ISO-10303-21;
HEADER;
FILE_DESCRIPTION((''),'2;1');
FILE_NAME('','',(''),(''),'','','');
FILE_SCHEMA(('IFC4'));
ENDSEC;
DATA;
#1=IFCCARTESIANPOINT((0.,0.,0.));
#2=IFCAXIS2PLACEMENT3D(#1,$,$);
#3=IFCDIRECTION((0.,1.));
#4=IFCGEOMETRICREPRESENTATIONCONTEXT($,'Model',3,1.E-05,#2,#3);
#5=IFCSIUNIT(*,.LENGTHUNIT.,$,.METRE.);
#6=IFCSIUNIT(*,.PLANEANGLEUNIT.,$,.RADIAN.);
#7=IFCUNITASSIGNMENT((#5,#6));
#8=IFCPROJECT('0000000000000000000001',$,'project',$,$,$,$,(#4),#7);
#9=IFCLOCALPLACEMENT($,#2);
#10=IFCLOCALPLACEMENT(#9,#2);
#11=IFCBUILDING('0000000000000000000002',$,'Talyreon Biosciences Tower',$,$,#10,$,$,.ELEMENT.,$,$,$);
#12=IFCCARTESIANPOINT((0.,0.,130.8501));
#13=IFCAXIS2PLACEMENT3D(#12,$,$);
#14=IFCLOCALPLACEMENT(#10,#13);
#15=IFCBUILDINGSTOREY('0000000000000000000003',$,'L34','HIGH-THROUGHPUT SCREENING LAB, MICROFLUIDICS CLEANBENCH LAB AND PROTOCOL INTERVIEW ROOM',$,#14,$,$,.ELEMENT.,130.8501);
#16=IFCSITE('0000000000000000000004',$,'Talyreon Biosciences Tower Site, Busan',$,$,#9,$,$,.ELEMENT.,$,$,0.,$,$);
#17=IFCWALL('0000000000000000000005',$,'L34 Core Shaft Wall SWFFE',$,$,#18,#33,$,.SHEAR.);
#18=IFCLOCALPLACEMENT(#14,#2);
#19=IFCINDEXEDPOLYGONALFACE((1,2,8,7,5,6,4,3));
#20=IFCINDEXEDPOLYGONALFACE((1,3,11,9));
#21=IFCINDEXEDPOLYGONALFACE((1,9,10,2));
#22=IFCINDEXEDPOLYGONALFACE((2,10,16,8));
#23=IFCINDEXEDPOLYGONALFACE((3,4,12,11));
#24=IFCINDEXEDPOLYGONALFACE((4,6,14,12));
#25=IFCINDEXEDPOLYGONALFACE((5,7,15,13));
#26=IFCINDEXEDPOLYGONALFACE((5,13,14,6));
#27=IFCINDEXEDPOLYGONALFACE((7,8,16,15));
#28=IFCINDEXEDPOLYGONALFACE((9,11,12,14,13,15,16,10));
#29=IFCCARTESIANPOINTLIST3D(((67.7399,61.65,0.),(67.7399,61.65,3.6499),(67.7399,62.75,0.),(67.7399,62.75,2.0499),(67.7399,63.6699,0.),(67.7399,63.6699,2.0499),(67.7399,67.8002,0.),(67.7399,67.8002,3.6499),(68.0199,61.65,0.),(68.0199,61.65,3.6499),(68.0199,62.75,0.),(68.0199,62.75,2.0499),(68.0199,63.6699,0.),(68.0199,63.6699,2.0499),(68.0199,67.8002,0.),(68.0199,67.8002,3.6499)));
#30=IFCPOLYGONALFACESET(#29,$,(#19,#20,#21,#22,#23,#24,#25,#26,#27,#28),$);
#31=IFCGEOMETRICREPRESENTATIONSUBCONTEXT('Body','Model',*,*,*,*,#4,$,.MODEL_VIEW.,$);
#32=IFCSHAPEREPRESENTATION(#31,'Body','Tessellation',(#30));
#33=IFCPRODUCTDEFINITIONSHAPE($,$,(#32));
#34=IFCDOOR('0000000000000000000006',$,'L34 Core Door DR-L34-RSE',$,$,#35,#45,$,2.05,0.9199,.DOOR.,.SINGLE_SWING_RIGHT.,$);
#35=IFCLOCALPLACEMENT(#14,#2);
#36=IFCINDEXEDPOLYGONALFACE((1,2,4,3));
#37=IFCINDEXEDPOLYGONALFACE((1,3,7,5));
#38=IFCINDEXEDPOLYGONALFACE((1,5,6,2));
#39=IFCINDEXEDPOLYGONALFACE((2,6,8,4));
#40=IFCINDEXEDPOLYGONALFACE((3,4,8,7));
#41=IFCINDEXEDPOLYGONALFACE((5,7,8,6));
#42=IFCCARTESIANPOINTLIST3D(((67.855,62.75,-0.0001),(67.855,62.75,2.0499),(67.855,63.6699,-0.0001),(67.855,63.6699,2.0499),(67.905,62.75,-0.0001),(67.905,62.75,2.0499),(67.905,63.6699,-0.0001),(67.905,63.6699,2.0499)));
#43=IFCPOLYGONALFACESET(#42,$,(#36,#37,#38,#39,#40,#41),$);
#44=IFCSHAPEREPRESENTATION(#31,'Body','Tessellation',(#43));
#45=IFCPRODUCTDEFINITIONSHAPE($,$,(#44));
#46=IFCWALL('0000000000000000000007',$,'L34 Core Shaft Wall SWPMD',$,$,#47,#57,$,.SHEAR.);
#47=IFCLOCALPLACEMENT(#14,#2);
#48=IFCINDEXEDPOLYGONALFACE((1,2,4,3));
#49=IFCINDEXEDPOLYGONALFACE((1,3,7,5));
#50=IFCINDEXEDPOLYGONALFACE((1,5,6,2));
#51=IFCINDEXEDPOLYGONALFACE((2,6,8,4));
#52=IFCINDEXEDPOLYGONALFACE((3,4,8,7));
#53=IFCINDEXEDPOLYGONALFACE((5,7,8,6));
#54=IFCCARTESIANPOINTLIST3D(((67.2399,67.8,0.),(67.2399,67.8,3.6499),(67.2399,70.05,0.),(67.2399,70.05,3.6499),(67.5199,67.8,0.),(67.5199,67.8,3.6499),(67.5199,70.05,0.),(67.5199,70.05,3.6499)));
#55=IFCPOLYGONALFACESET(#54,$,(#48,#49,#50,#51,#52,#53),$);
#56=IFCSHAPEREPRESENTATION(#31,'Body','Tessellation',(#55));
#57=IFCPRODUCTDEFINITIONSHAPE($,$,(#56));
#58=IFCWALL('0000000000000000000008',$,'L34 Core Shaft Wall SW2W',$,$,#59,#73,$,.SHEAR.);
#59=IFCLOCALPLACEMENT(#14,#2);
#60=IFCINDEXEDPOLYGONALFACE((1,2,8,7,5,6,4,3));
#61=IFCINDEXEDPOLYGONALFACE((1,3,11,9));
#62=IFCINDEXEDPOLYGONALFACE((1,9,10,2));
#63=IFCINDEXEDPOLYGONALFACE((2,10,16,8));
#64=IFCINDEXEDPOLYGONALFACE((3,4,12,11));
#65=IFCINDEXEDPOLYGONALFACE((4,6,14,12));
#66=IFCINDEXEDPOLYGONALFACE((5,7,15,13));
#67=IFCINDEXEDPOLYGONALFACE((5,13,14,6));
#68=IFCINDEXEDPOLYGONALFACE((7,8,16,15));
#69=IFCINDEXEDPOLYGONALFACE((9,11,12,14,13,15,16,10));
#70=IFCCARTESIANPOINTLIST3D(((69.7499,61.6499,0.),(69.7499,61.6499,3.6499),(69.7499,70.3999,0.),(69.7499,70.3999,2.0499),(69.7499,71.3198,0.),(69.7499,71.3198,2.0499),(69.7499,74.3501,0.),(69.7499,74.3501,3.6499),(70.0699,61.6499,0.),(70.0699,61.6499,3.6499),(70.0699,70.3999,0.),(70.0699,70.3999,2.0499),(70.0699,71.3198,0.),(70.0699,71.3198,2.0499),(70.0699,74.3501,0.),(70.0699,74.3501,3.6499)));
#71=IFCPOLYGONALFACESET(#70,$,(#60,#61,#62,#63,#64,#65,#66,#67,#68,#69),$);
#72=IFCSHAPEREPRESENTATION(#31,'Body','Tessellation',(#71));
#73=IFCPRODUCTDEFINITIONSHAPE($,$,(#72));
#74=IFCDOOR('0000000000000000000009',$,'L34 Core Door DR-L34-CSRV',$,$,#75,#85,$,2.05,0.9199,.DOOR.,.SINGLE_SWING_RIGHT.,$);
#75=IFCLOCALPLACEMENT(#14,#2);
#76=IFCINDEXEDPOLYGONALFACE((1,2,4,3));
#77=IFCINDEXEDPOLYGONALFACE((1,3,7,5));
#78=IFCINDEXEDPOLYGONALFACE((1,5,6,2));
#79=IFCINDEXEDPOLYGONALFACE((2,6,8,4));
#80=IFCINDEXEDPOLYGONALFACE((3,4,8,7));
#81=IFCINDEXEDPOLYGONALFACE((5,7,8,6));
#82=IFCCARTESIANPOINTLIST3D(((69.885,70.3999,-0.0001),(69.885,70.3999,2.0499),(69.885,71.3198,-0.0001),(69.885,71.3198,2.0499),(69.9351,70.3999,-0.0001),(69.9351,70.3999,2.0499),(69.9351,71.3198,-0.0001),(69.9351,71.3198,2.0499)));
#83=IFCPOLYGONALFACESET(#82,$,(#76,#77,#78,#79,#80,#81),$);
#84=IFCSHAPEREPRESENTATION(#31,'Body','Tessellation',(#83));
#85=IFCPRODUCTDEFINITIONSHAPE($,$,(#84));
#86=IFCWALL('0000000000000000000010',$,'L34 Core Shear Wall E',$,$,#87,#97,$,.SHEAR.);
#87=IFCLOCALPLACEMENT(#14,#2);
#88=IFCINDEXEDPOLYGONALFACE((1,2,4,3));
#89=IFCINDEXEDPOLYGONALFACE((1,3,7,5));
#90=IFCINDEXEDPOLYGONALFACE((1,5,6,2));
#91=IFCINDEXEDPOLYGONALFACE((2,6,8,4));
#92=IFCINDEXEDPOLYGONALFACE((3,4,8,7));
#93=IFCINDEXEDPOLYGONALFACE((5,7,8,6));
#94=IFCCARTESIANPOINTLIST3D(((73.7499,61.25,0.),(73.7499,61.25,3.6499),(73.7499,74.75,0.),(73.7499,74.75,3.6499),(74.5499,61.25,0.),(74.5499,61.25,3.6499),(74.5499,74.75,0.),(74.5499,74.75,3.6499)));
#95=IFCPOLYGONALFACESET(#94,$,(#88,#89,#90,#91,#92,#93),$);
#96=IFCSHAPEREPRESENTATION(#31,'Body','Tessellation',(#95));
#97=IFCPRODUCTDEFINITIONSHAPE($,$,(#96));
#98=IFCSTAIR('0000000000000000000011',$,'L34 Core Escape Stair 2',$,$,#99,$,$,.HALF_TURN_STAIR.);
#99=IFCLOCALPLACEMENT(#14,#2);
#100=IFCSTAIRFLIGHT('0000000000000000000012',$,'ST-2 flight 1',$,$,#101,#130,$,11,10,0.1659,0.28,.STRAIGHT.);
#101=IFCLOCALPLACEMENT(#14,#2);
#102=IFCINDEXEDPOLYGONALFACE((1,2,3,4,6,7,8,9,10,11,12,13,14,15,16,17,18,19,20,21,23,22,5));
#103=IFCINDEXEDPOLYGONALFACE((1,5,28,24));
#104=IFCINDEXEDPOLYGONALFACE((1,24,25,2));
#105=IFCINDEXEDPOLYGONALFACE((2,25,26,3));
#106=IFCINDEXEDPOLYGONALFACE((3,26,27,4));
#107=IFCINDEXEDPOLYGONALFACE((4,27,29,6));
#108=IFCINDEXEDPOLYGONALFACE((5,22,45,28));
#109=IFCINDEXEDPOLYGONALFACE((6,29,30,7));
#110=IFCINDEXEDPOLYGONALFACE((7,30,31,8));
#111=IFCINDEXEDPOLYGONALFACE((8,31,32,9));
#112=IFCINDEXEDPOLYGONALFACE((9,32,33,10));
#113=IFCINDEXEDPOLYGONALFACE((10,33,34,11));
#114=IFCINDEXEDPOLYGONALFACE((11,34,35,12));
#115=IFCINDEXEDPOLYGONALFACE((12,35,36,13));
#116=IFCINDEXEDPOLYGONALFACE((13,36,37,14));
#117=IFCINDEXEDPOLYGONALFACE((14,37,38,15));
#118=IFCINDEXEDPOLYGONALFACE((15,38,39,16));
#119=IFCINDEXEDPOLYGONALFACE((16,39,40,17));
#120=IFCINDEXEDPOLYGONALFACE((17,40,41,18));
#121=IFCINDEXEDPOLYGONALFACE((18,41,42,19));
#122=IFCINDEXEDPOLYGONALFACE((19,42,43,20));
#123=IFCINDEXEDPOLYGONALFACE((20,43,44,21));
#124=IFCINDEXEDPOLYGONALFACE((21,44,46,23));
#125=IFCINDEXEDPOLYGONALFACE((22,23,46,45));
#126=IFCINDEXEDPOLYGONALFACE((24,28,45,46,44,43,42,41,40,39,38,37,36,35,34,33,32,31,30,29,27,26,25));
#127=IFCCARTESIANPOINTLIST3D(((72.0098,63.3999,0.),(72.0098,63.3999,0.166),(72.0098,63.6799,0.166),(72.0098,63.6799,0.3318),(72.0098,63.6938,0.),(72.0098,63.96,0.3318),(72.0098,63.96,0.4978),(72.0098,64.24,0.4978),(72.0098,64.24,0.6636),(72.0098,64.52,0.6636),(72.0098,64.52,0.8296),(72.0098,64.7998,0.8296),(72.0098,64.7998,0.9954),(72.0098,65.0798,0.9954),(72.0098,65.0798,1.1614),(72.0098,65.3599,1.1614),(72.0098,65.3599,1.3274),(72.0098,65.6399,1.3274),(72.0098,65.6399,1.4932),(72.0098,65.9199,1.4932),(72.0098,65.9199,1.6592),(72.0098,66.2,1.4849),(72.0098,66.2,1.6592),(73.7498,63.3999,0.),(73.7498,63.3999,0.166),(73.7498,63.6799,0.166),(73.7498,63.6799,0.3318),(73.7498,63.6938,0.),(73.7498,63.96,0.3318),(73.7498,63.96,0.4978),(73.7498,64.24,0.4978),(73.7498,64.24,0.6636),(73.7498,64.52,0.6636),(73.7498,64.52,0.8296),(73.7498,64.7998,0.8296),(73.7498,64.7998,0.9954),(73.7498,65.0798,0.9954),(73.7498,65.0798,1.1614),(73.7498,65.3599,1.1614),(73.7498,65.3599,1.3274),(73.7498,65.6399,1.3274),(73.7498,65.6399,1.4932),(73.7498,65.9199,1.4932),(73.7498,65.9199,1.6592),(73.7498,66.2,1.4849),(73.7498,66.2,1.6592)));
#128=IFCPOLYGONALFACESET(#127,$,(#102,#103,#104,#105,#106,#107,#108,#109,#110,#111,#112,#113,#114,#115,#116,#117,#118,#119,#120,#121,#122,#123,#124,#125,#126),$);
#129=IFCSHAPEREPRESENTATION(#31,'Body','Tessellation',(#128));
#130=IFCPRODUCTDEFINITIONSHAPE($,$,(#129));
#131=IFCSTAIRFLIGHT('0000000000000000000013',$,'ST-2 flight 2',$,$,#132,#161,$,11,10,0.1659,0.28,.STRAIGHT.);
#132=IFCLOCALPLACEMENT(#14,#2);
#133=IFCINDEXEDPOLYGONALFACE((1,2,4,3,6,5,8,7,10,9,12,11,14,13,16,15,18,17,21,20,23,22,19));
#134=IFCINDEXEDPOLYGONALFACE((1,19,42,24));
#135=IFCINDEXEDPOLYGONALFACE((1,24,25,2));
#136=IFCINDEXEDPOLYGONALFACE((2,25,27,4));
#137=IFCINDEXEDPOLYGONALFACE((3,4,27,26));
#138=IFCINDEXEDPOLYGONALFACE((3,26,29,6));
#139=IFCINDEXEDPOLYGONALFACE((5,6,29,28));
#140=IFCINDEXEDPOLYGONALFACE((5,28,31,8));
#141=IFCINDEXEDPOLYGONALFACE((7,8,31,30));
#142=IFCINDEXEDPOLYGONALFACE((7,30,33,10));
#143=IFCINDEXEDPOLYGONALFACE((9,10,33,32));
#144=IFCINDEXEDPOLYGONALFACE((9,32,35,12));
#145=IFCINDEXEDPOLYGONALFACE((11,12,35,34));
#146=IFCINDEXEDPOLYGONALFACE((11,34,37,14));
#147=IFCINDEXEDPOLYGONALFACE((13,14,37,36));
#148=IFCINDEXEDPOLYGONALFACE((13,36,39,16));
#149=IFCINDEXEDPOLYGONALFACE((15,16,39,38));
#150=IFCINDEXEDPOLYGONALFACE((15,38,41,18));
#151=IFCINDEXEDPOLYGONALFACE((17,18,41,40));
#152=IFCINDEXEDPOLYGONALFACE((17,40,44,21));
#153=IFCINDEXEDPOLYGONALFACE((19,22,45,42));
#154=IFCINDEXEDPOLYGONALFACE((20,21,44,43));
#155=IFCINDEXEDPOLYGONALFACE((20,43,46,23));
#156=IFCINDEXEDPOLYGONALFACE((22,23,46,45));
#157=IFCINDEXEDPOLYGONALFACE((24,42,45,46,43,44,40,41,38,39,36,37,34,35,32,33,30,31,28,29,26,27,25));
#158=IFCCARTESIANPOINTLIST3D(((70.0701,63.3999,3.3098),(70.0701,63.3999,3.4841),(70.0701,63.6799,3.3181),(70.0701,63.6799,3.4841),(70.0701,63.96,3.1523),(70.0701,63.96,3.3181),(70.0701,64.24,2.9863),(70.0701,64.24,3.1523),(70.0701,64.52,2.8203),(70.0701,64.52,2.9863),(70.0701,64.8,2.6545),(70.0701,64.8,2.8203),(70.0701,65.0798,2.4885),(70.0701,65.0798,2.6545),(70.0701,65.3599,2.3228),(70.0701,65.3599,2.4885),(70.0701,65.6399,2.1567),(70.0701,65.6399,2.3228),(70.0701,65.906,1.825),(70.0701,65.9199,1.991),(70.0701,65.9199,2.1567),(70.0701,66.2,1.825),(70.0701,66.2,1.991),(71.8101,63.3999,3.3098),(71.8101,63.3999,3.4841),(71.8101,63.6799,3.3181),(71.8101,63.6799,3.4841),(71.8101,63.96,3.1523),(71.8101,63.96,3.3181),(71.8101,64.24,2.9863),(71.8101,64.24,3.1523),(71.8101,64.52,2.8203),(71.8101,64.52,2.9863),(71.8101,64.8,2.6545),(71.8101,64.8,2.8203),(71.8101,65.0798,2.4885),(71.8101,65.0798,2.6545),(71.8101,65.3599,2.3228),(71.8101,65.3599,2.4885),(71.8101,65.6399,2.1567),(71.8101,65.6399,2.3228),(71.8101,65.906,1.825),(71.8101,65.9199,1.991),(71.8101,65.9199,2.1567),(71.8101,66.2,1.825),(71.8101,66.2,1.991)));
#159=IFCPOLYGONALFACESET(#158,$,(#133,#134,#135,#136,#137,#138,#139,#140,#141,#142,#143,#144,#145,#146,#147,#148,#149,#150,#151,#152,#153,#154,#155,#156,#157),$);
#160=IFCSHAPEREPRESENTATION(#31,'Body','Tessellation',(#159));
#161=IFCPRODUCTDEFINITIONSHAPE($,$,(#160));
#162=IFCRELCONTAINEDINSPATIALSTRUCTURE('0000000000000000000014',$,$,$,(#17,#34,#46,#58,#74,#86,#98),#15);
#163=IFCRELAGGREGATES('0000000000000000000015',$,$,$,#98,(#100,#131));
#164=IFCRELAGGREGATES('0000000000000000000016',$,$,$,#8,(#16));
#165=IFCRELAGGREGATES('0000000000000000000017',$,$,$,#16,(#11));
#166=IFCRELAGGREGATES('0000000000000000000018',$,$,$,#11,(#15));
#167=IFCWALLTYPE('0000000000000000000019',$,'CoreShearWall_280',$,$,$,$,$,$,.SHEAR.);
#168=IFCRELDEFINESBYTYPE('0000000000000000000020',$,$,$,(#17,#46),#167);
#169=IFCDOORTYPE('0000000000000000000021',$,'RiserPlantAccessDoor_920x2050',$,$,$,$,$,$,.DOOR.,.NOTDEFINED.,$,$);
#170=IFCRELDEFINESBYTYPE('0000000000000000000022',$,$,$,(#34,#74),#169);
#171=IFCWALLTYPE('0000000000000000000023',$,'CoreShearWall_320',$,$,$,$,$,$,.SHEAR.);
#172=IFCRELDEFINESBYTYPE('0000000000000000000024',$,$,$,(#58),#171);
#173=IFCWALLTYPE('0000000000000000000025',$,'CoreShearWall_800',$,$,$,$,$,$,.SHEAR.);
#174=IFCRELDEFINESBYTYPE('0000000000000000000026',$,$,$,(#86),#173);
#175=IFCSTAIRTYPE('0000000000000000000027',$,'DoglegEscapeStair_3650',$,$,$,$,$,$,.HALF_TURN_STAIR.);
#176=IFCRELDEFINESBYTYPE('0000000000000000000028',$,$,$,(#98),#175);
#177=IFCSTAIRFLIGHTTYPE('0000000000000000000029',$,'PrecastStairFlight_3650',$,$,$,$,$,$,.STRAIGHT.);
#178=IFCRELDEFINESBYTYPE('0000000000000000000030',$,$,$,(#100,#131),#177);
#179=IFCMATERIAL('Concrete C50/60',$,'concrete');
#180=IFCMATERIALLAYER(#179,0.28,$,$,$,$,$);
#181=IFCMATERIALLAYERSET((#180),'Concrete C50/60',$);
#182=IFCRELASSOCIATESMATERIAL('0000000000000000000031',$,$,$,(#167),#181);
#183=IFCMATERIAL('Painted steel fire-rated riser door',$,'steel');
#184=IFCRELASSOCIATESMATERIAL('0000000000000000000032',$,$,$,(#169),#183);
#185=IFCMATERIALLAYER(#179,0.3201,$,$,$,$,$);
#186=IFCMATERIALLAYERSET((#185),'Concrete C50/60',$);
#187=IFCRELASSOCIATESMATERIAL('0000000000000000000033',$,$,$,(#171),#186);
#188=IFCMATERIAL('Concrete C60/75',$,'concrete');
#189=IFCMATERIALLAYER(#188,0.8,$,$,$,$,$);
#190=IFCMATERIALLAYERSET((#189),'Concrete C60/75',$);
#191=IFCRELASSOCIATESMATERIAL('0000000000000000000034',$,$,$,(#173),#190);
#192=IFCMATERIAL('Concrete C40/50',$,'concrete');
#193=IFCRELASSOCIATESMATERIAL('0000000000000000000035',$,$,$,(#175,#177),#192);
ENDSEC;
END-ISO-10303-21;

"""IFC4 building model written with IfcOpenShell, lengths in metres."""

from ifc_helpers import new_model, si_unit, direction, frame, frame_2d, origin, place, context, subcontext, project, spatial, polyline, rectangle, outline, extrude, material, layer, layer_set, type_object, element, fill, aggregate, save


model = new_model("IFC4")

# Units and contexts
model_context = context("Model", 3, precision=1e-05, world=origin(), true_north=direction((0.0, 1.0)))
body_context = subcontext(model_context, "Body", "Model", "MODEL_VIEW")
ifc_project = project(units=[si_unit("LENGTHUNIT", "METRE"), si_unit("PLANEANGLEUNIT", "RADIAN")], contexts=[model_context])

# Site, building, storey
site_placement = place(None, origin())
site = spatial("IfcSite", under=ifc_project, at=site_placement, Name="Talyreon Biosciences Tower Site, Busan", CompositionType="ELEMENT", RefElevation=0.0)
building_placement = place(site_placement, origin())
building = spatial("IfcBuilding", under=site, at=building_placement, Name="Talyreon Biosciences Tower", CompositionType="ELEMENT")
storey_placement = place(building_placement, frame((0.0, 0.0, 130.8501)))
storey = spatial("IfcBuildingStorey", under=building, at=storey_placement, Name="L34", Description="HIGH-THROUGHPUT SCREENING LAB, MICROFLUIDICS CLEANBENCH LAB AND PROTOCOL INTERVIEW ROOM", CompositionType="ELEMENT", Elevation=130.8501)

# Shared definitions
ifc_material_1 = material(Name="Concrete C60/75", Category="concrete")
ifc_material_2 = material(Name="Concrete C50/60", Category="concrete")

# Wall, opening, door
ifc_layer_1 = layer(ifc_material_2, 0.28)
ifc_layer_set_1 = layer_set([ifc_layer_1], Name="Concrete C50/60")
wall_type_1 = type_object("IfcWallType", Name="CoreShearWall_280", PredefinedType="SHEAR", material=ifc_layer_set_1)
wall_1_placement = place(storey_placement, frame((67.8799, 61.6499, 0.0), z_axis=(0.0, 0.0, 1.0), x_axis=(0.0, 1.0, 0.0)))
wall_1 = element("IfcWall", 1, at=wall_1_placement, inside=storey, type_object=wall_type_1, Name="L34 Core Shaft Wall SWFFE", PredefinedType="SHEAR", context=body_context, shape_type="SweptSolid", body=[
    extrude(rectangle(XDim=6.1501, YDim=0.28, at=frame_2d((3.0752, 0.0))), origin(), (0.0, 0.0, 1.0), 3.6499),
])
opening_1_placement = place(wall_1_placement, frame((1.1001, 0.0, 0.0)))
opening_1 = element("IfcOpeningElement", 2, at=opening_1_placement, cuts=wall_1, PredefinedType="OPENING", context=body_context, shape_type="SweptSolid", body=[
    extrude(rectangle(XDim=0.9199, YDim=2.05, at=frame_2d((0.46, 1.0249))), frame((0.0, 0.1499, 0.0), z_axis=(0.0, -1.0, 0.0), x_axis=(1.0, 0.0, 0.0)), (0.0, 0.0, 1.0), 0.3),
])
ifc_material_3 = material(Name="Painted steel fire-rated riser door", Category="steel")
door_type = type_object("IfcDoorType", Name="RiserPlantAccessDoor_920x2050", OperationType="NOTDEFINED", PredefinedType="DOOR", material=ifc_material_3)
door_1_placement = place(opening_1_placement, origin())
door_1 = element("IfcDoor", 3, at=door_1_placement, inside=storey, type_object=door_type, Name="L34 Core Door DR-L34-RSE", OperationType="SINGLE_SWING_RIGHT", OverallHeight=2.05, OverallWidth=0.9199, PredefinedType="DOOR", context=body_context, shape_type="SweptSolid", body=[
    extrude(rectangle(XDim=0.9199, YDim=2.05, at=frame_2d((0.46, 1.0249))), frame((0.0, 0.0249, 0.0), z_axis=(0.0, -1.0, 0.0), x_axis=(1.0, 0.0, 0.0)), (0.0, 0.0, 1.0), 0.05),
])
fill(opening_1, door_1)

# Wall
wall_2_placement = place(storey_placement, frame((67.3799, 67.8, 0.0), z_axis=(0.0, 0.0, 1.0), x_axis=(0.0, 1.0, 0.0)))
element("IfcWall", 4, at=wall_2_placement, inside=storey, type_object=wall_type_1, Name="L34 Core Shaft Wall SWPMD", PredefinedType="SHEAR", context=body_context, shape_type="SweptSolid", body=[
    extrude(rectangle(XDim=2.25, YDim=0.28, at=frame_2d((1.125, 0.0))), origin(), (0.0, 0.0, 1.0), 3.6499),
])

# Wall, opening, door
ifc_layer_2 = layer(ifc_material_2, 0.3201)
ifc_layer_set_2 = layer_set([ifc_layer_2], Name="Concrete C50/60")
wall_type_2 = type_object("IfcWallType", Name="CoreShearWall_320", PredefinedType="SHEAR", material=ifc_layer_set_2)
wall_3_placement = place(storey_placement, frame((69.9099, 61.6499, 0.0), z_axis=(0.0, 0.0, 1.0), x_axis=(0.0, 1.0, 0.0)))
wall_3 = element("IfcWall", 5, at=wall_3_placement, inside=storey, type_object=wall_type_2, Name="L34 Core Shaft Wall SW2W", PredefinedType="SHEAR", context=body_context, shape_type="SweptSolid", body=[
    extrude(rectangle(XDim=12.7002, YDim=0.3201, at=frame_2d((6.3501, 0.0))), origin(), (0.0, 0.0, 1.0), 3.6499),
])
opening_2_placement = place(wall_3_placement, frame((8.75, 0.0, 0.0)))
opening_2 = element("IfcOpeningElement", 6, at=opening_2_placement, cuts=wall_3, PredefinedType="OPENING", context=body_context, shape_type="SweptSolid", body=[
    extrude(rectangle(XDim=0.9199, YDim=2.05, at=frame_2d((0.46, 1.0249))), frame((0.0, 0.1699, 0.0), z_axis=(0.0, -1.0, 0.0), x_axis=(1.0, 0.0, 0.0)), (0.0, 0.0, 1.0), 0.3401),
])
door_2_placement = place(opening_2_placement, origin())
door_2 = element("IfcDoor", 7, at=door_2_placement, inside=storey, type_object=door_type, Name="L34 Core Door DR-L34-CSRV", OperationType="SINGLE_SWING_RIGHT", OverallHeight=2.05, OverallWidth=0.9199, PredefinedType="DOOR", context=body_context, shape_type="SweptSolid", body=[
    extrude(rectangle(XDim=0.9199, YDim=2.05, at=frame_2d((0.46, 1.0249))), frame((0.0, 0.0249, 0.0), z_axis=(0.0, -1.0, 0.0), x_axis=(1.0, 0.0, 0.0)), (0.0, 0.0, 1.0), 0.05),
])
fill(opening_2, door_2)

# Wall
ifc_layer_3 = layer(ifc_material_1, 0.8)
ifc_layer_set_3 = layer_set([ifc_layer_3], Name="Concrete C60/75")
wall_type_3 = type_object("IfcWallType", Name="CoreShearWall_800", PredefinedType="SHEAR", material=ifc_layer_set_3)
wall_4_placement = place(storey_placement, frame((74.1499, 61.25, 0.0), z_axis=(0.0, 0.0, 1.0), x_axis=(0.0, 1.0, 0.0)))
element("IfcWall", 8, at=wall_4_placement, inside=storey, type_object=wall_type_3, Name="L34 Core Shear Wall E", PredefinedType="SHEAR", context=body_context, shape_type="SweptSolid", body=[
    extrude(rectangle(XDim=13.5, YDim=0.8, at=frame_2d((6.75, 0.0))), origin(), (0.0, 0.0, 1.0), 3.6499),
])

# Stair, stair flights
ifc_material_4 = material(Name="Concrete C40/50", Category="concrete")
stair_type = type_object("IfcStairType", Name="DoglegEscapeStair_3650", PredefinedType="HALF_TURN_STAIR", material=ifc_material_4)
stair_placement = place(storey_placement, origin())
stair = element("IfcStair", 9, at=stair_placement, inside=storey, type_object=stair_type, Name="L34 Core Escape Stair 2", PredefinedType="HALF_TURN_STAIR")
stair_flight_type = type_object("IfcStairFlightType", Name="PrecastStairFlight_3650", PredefinedType="STRAIGHT", material=ifc_material_4)
stair_flight_1_placement = place(storey_placement, frame((72.8799, 63.3999, 0.0), z_axis=(0.0, 0.0, 1.0), x_axis=(0.0, 1.0, 0.0)))
stair_flight_1 = element("IfcStairFlight", 10, at=stair_flight_1_placement, type_object=stair_flight_type, Name="ST-2 flight 1", NumberOfRisers=11, NumberOfTreads=10, PredefinedType="STRAIGHT", RiserHeight=0.1659, TreadLength=0.28, context=body_context, shape_type="SweptSolid", body=[
    extrude(outline(polyline([(0.0, 0.0), (0.0, 0.166), (0.28, 0.166), (0.28, 0.3318), (0.5601, 0.3318), (0.5601, 0.4978), (0.8401, 0.4978), (0.8401, 0.6636), (1.1201, 0.6636), (1.1201, 0.8296), (1.3999, 0.8296), (1.3999, 0.9954), (1.6799, 0.9954), (1.6799, 1.1614), (1.96, 1.1614), (1.96, 1.3274), (2.24, 1.3274), (2.24, 1.4932), (2.52, 1.4932), (2.52, 1.6592), (2.8, 1.6592), (2.8, 1.825), (2.8, 1.4849), (0.2939, 0.0), (0.0, 0.0)])), frame((0.0, 0.8701, 0.0), z_axis=(0.0, -1.0, 0.0), x_axis=(1.0, 0.0, 0.0)), (0.0, 0.0, 1.0), 1.74),
])
stair_flight_2_placement = place(storey_placement, frame((70.9399, 66.2, 1.825), z_axis=(0.0, 0.0, 1.0), x_axis=(0.0, -1.0, 0.0)))
stair_flight_2 = element("IfcStairFlight", 11, at=stair_flight_2_placement, type_object=stair_flight_type, Name="ST-2 flight 2", NumberOfRisers=11, NumberOfTreads=10, PredefinedType="STRAIGHT", RiserHeight=0.1659, TreadLength=0.28, context=body_context, shape_type="SweptSolid", body=[
    extrude(outline(polyline([(0.0, 0.0), (0.0, 0.166), (0.28, 0.166), (0.28, 0.3318), (0.5601, 0.3318), (0.5601, 0.4978), (0.8401, 0.4978), (0.8401, 0.6636), (1.1201, 0.6636), (1.1201, 0.8296), (1.3999, 0.8296), (1.3999, 0.9954), (1.6799, 0.9954), (1.6799, 1.1614), (1.96, 1.1614), (1.96, 1.3274), (2.24, 1.3274), (2.24, 1.4932), (2.52, 1.4932), (2.52, 1.6592), (2.8, 1.6592), (2.8, 1.825), (2.8, 1.4849), (0.2939, 0.0), (0.0, 0.0)])), frame((0.0, 0.8701, 0.0), z_axis=(0.0, -1.0, 0.0), x_axis=(1.0, 0.0, 0.0)), (0.0, 0.0, 1.0), 1.74),
])
aggregate(stair, [stair_flight_1, stair_flight_2])

save(model, "model.ifc")
